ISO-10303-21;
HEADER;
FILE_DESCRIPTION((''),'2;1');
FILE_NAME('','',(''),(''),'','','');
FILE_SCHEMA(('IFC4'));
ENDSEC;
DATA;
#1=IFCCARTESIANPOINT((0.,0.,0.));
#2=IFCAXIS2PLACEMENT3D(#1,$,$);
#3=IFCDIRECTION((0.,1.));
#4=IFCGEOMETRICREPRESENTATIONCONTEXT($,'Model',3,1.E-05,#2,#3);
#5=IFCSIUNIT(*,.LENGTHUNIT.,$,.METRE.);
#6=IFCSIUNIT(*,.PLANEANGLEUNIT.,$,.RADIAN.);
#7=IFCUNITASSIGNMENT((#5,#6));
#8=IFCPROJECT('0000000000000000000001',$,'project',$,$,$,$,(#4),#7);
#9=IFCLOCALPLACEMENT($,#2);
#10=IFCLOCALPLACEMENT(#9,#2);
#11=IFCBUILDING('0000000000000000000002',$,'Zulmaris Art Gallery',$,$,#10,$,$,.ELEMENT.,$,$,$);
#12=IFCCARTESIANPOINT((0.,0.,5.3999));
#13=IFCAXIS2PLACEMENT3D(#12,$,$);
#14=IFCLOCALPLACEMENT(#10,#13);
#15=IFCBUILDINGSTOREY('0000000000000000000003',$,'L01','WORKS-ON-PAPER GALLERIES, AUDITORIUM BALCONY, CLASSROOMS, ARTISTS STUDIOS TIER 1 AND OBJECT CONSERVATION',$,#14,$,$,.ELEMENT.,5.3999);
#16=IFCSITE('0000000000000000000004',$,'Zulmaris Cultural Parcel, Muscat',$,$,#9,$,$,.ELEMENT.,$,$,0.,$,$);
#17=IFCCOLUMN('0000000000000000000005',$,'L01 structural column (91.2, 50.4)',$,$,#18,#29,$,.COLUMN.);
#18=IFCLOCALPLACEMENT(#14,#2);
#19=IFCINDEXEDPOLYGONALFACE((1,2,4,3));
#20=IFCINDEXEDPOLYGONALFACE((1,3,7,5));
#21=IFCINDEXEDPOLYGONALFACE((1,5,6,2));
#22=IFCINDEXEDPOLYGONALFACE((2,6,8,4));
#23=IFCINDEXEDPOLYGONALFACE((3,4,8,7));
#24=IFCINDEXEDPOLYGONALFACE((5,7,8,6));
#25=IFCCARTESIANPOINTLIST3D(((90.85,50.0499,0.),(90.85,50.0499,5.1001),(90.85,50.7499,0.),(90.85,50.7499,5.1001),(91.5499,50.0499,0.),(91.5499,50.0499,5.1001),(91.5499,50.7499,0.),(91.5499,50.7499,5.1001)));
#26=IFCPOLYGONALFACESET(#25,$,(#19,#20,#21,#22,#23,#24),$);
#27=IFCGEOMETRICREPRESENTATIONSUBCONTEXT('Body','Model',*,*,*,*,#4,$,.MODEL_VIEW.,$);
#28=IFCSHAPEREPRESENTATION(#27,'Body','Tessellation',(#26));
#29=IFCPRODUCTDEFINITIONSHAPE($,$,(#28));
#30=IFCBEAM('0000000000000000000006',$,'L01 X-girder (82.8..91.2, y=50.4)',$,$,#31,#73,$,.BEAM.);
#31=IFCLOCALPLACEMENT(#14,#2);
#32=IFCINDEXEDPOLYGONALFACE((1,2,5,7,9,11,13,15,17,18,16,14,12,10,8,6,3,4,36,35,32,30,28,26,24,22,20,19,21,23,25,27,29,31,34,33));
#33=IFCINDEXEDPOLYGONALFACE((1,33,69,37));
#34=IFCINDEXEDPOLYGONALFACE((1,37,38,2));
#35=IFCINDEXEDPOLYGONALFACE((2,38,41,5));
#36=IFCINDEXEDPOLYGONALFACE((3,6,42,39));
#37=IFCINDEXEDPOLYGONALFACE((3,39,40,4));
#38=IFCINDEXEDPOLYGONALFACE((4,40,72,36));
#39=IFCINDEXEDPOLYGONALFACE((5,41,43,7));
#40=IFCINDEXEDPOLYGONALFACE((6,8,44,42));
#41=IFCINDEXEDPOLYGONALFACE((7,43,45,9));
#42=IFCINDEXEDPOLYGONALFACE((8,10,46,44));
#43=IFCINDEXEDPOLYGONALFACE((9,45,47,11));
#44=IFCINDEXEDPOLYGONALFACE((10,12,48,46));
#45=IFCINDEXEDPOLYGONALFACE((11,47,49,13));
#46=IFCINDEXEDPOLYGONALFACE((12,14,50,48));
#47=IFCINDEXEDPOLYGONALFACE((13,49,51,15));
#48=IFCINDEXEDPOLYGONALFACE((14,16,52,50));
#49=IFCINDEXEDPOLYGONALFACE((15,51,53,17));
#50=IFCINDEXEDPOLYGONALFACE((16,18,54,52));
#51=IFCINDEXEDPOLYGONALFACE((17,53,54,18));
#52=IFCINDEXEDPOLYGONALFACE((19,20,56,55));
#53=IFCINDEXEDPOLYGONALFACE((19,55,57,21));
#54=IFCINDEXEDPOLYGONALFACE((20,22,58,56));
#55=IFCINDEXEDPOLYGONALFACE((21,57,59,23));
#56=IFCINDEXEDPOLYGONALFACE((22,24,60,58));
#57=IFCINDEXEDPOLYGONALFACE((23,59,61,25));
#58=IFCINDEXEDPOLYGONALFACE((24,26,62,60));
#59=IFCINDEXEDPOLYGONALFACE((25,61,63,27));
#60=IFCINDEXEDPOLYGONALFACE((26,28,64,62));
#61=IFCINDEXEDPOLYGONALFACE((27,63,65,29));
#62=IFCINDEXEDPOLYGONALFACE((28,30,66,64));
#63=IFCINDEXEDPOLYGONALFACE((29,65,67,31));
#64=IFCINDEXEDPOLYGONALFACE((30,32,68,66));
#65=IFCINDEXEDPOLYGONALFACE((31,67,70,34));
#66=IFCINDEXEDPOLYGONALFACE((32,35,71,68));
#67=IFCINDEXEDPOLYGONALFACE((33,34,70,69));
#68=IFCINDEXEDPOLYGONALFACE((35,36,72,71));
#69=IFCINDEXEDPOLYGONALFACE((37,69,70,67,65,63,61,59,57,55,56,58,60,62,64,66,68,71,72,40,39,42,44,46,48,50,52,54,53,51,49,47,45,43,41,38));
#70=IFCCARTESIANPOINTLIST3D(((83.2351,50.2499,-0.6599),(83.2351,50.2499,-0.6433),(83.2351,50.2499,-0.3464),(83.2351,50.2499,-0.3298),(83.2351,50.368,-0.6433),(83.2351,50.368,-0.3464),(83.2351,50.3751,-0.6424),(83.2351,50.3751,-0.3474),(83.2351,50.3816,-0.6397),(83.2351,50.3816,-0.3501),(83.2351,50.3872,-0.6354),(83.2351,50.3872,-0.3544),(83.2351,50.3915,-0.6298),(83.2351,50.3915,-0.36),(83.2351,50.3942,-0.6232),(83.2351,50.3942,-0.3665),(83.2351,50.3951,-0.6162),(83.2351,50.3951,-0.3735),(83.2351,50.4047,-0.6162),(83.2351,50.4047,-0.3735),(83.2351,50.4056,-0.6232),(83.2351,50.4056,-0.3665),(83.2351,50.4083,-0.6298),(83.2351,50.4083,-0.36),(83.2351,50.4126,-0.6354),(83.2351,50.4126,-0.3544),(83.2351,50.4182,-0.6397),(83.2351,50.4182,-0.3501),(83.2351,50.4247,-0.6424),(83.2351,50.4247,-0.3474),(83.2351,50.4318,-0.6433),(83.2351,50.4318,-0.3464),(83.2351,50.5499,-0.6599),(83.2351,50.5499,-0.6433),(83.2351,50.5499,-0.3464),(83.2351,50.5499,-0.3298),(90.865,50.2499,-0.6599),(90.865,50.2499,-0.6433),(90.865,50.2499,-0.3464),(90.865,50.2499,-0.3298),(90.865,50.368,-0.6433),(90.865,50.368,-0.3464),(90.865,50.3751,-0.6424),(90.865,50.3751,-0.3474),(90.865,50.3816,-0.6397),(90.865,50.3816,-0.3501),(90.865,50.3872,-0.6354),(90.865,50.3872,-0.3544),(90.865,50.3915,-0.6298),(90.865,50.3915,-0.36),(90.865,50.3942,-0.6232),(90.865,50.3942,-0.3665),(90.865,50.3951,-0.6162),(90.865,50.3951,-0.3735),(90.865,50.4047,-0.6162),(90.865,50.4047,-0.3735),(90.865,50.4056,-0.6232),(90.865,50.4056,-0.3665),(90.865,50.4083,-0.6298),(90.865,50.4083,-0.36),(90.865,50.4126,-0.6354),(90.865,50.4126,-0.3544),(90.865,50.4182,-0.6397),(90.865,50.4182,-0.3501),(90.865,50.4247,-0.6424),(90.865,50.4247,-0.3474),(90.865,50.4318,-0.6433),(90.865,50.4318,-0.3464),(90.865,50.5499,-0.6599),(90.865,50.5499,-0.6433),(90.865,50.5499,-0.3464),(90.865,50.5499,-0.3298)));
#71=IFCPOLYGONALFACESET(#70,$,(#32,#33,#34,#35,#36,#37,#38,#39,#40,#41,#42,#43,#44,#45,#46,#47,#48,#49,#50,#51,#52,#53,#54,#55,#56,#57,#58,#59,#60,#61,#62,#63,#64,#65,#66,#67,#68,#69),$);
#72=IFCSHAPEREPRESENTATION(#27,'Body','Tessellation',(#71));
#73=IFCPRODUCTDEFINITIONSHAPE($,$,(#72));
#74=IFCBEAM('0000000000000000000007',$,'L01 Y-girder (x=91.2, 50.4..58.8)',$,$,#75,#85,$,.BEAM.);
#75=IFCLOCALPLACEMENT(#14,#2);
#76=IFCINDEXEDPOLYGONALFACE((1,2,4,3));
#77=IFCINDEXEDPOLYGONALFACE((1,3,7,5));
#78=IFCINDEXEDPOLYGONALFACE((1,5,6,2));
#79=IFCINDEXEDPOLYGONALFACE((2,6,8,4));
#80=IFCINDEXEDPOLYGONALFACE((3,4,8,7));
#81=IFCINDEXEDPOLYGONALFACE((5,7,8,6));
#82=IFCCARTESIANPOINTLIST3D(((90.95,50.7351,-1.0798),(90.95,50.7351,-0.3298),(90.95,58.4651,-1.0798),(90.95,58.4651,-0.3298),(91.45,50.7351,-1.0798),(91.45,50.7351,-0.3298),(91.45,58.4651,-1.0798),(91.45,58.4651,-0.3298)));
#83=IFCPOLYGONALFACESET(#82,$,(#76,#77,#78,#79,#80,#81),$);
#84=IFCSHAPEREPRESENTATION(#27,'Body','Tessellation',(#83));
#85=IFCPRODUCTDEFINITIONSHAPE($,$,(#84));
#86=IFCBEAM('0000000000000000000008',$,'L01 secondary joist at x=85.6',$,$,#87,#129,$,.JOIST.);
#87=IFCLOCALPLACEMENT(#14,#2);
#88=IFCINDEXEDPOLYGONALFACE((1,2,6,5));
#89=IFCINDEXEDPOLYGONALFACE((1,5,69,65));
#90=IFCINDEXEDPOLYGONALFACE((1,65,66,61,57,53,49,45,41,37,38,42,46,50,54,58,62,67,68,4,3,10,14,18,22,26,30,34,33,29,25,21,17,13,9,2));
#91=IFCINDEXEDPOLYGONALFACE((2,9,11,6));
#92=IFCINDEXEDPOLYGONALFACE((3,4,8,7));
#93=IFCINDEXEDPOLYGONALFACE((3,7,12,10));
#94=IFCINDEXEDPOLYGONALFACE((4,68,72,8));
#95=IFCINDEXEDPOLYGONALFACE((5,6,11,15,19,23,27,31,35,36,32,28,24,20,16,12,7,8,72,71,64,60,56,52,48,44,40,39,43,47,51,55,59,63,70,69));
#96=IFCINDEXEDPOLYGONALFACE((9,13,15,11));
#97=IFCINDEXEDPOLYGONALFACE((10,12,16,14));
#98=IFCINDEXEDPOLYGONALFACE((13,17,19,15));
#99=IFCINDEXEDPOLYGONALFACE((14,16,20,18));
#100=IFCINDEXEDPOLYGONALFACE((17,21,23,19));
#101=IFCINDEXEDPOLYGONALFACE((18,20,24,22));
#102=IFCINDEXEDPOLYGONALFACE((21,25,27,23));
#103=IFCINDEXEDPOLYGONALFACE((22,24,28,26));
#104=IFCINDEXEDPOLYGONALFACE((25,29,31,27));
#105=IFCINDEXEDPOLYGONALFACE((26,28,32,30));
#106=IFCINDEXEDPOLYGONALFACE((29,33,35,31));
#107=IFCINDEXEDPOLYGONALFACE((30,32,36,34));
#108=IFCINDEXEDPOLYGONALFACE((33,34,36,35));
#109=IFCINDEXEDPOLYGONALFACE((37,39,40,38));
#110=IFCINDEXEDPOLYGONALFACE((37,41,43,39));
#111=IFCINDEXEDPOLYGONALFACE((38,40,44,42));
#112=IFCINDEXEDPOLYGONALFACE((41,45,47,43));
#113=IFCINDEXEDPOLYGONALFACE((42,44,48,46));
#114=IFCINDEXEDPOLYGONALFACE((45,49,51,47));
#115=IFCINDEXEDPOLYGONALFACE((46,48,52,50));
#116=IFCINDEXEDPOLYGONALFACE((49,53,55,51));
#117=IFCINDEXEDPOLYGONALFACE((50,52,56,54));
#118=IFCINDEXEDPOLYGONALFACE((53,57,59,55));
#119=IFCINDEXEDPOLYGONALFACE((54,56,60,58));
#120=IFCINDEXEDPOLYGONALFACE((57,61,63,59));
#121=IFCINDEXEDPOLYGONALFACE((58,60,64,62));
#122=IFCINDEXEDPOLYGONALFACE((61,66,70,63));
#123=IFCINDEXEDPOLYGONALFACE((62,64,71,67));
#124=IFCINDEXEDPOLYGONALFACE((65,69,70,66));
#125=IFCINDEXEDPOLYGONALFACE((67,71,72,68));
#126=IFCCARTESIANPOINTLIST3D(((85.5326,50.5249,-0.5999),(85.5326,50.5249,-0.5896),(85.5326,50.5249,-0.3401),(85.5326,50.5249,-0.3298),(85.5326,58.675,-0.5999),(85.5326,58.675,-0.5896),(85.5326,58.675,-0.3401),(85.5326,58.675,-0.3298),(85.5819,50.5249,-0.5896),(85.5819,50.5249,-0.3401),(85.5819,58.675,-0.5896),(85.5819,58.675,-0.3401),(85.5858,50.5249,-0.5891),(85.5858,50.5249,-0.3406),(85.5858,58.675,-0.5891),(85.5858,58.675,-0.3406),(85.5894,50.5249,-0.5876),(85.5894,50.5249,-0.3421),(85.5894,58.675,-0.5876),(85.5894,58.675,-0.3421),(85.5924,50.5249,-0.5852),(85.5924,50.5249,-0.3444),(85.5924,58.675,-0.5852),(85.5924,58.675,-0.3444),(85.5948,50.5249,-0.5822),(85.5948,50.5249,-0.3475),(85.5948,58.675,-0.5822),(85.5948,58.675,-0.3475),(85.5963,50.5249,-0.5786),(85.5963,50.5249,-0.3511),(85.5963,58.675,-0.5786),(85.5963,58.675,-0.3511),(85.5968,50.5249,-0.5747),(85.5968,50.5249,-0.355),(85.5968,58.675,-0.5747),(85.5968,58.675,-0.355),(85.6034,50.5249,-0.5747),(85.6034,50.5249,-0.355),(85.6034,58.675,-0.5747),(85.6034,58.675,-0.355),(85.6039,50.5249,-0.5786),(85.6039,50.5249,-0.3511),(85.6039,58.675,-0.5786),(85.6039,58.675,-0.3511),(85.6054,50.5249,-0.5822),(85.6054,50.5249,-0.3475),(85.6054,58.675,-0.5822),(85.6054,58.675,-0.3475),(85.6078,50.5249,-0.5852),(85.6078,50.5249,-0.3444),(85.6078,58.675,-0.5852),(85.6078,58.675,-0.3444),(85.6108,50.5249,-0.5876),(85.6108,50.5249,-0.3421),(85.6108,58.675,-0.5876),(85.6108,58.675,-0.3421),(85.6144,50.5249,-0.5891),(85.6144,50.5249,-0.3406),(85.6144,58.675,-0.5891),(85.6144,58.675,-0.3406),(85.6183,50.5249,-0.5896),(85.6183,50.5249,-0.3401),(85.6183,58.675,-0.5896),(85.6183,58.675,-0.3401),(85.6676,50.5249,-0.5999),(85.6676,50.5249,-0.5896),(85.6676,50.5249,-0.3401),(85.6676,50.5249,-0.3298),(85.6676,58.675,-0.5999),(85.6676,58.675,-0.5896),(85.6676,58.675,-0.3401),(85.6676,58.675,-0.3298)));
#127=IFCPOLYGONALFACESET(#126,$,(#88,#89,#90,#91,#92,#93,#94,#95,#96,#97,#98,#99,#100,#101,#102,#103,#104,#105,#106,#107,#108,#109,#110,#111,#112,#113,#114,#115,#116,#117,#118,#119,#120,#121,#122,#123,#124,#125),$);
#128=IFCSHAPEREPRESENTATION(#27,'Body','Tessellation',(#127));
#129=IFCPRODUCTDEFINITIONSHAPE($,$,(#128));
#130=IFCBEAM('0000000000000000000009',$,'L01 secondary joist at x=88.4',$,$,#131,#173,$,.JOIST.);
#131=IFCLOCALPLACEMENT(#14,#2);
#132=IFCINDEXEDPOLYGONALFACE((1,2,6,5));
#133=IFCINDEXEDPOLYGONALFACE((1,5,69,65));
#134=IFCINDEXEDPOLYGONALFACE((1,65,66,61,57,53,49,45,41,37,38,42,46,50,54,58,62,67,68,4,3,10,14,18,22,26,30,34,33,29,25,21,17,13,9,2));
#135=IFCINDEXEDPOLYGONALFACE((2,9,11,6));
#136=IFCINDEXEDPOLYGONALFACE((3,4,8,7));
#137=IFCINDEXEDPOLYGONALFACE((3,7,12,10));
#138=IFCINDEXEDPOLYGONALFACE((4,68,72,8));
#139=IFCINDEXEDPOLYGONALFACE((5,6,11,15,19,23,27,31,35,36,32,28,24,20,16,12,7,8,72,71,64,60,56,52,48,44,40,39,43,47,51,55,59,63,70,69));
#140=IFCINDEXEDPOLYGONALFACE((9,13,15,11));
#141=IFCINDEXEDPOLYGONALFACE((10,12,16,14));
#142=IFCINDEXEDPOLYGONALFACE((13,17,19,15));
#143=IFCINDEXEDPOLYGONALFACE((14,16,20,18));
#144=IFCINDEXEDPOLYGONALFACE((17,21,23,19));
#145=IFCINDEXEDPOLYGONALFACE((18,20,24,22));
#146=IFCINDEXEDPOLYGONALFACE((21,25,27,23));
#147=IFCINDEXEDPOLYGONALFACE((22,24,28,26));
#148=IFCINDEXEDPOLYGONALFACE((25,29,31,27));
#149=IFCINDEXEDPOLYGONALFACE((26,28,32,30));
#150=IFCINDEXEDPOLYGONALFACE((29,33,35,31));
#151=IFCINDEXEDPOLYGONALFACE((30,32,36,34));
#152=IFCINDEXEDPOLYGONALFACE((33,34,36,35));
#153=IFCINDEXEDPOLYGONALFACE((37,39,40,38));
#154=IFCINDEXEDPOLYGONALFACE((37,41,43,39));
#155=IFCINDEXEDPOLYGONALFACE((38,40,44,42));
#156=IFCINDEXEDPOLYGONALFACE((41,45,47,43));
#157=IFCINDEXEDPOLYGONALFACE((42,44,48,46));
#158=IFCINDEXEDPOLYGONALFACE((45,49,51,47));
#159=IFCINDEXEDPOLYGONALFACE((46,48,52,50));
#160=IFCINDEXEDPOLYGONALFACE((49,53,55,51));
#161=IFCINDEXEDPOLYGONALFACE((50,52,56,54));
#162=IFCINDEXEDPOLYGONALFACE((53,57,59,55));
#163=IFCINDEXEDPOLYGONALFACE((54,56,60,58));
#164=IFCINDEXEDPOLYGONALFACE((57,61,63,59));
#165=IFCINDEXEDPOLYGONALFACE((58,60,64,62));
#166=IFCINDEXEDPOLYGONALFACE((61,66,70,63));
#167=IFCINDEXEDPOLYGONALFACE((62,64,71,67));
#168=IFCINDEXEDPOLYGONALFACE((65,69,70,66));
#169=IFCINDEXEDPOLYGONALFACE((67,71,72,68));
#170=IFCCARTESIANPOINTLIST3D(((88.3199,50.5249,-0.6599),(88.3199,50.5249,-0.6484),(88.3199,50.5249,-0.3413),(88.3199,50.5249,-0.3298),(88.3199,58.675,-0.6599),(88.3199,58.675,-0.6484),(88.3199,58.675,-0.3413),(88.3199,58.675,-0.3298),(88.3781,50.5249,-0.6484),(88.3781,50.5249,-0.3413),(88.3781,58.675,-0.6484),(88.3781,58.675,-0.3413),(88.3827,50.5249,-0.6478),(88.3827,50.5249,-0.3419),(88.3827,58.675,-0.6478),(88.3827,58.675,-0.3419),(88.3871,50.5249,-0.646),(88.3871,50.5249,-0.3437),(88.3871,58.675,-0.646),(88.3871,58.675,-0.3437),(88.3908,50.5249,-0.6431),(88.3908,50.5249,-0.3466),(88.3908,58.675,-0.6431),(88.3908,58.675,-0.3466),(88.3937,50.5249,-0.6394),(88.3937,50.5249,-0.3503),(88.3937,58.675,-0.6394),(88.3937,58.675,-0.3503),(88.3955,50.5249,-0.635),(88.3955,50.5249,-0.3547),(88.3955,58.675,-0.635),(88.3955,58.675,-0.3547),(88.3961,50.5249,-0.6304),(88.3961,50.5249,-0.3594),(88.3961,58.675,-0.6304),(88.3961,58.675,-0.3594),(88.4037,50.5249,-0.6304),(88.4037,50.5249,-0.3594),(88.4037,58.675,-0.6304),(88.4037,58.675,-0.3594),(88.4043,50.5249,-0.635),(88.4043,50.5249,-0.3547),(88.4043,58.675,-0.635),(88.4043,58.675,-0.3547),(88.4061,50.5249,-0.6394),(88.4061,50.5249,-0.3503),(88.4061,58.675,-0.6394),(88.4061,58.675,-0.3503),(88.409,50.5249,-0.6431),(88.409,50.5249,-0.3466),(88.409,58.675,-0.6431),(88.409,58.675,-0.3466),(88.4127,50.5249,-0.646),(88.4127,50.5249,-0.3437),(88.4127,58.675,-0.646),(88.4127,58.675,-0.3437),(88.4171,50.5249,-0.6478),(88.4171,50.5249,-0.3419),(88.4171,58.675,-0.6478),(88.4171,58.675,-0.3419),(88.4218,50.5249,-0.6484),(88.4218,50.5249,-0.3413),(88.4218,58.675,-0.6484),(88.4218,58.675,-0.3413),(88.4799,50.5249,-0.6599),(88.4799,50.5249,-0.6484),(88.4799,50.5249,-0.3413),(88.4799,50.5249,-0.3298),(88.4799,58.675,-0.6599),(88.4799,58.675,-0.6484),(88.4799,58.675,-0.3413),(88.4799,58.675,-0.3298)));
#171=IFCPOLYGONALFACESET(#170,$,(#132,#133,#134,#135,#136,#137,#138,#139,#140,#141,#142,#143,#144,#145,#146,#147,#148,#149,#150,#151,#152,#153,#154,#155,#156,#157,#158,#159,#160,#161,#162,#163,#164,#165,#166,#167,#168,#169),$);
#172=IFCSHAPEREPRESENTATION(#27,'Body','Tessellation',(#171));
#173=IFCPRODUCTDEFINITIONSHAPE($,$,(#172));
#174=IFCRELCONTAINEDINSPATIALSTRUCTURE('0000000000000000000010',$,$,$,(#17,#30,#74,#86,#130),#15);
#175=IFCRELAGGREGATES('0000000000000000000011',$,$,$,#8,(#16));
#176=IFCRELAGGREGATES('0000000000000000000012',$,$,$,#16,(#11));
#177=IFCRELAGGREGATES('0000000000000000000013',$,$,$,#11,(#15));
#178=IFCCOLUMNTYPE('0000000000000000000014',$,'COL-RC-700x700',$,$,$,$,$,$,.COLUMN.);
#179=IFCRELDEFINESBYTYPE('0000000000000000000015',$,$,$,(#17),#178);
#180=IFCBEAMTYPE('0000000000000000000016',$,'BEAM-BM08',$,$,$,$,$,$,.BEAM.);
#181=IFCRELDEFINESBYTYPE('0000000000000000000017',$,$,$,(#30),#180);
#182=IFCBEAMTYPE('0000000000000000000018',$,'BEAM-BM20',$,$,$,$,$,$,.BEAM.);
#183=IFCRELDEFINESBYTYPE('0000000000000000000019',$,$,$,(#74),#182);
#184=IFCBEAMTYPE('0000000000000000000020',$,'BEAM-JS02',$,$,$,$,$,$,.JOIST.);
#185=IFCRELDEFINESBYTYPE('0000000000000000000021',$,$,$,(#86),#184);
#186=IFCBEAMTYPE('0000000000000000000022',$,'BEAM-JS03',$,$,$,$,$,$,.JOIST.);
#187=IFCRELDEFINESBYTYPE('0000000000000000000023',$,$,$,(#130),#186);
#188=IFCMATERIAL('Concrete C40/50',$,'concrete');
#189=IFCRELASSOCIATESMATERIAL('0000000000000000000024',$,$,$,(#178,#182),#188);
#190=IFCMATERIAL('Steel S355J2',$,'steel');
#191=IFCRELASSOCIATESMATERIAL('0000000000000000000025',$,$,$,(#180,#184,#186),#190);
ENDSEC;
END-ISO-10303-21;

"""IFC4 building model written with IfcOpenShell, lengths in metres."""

from ifc_helpers import new_model, si_unit, direction, frame, origin, origin_2d, place, context, subcontext, project, spatial, rectangle, i_section, extrude, material, material_profile, profile_set, type_object, element, save


model = new_model("IFC4")

# Units and contexts
model_context = context("Model", 3, precision=1e-05, world=origin(), true_north=direction((0.0, 1.0)))
body_context = subcontext(model_context, "Body", "Model", "MODEL_VIEW")
ifc_project = project(units=[si_unit("LENGTHUNIT", "METRE"), si_unit("PLANEANGLEUNIT", "RADIAN")], contexts=[model_context])

# Site, building, storey
site_placement = place(None, origin())
site = spatial("IfcSite", under=ifc_project, at=site_placement, Name="Zulmaris Cultural Parcel, Muscat", CompositionType="ELEMENT", RefElevation=0.0)
building_placement = place(site_placement, origin())
building = spatial("IfcBuilding", under=site, at=building_placement, Name="Zulmaris Art Gallery", CompositionType="ELEMENT")
storey_placement = place(building_placement, frame((0.0, 0.0, 5.3999)))
storey = spatial("IfcBuildingStorey", under=building, at=storey_placement, Name="L01", Description="WORKS-ON-PAPER GALLERIES, AUDITORIUM BALCONY, CLASSROOMS, ARTISTS STUDIOS TIER 1 AND OBJECT CONSERVATION", CompositionType="ELEMENT", Elevation=5.3999)

# Column
ifc_material_1 = material(Name="Concrete C40/50", Category="concrete")
ifc_material_profile_1 = material_profile(ifc_material_1, rectangle(XDim=0.7, YDim=0.7, at=origin_2d()), Name="RC 700x700")
ifc_profile_set_1 = profile_set([ifc_material_profile_1], Name="Concrete C40/50")
column_type = type_object("IfcColumnType", Name="COL-RC-700x700", PredefinedType="COLUMN", material=ifc_profile_set_1)
column_placement = place(storey_placement, frame((91.2, 50.3999, 0.0), z_axis=(0.0, 0.0, 1.0), x_axis=(1.0, 0.0, 0.0)))
element("IfcColumn", 1, at=column_placement, inside=storey, type_object=column_type, Name="L01 structural column (91.2, 50.4)", PredefinedType="COLUMN", context=body_context, shape_type="SweptSolid", body=[
    extrude(rectangle(XDim=0.7, YDim=0.7, at=origin_2d()), origin(), (0.0, 0.0, 1.0), 5.1001),
])

# Beams
ifc_material_2 = material(Name="Steel S355J2", Category="steel")
ifc_material_profile_2 = material_profile(ifc_material_2, i_section(OverallWidth=0.3, OverallDepth=0.3301, WebThickness=0.0095, FlangeThickness=0.0166, FilletRadius=0.0271, at=origin_2d()), Name="HEA 340")
ifc_profile_set_2 = profile_set([ifc_material_profile_2], Name="Steel S355J2")
beam_type_1 = type_object("IfcBeamType", Name="BEAM-BM08", PredefinedType="BEAM", material=ifc_profile_set_2)
beam_1_placement = place(storey_placement, frame((83.2351, 50.3999, -0.4949), z_axis=(1.0, 0.0, 0.0), x_axis=(0.0, 1.0, 0.0)))
element("IfcBeam", 2, at=beam_1_placement, inside=storey, type_object=beam_type_1, Name="L01 X-girder (82.8..91.2, y=50.4)", PredefinedType="BEAM", context=body_context, shape_type="SweptSolid", body=[
    extrude(i_section(OverallWidth=0.3, OverallDepth=0.3301, WebThickness=0.0095, FlangeThickness=0.0166, FilletRadius=0.0271, at=origin_2d()), origin(), (0.0, 0.0, 1.0), 7.6299),
])
ifc_material_profile_3 = material_profile(ifc_material_1, rectangle(XDim=0.5, YDim=0.75, at=origin_2d()), Name="RC 500x750")
ifc_profile_set_3 = profile_set([ifc_material_profile_3], Name="Concrete C40/50")
beam_type_2 = type_object("IfcBeamType", Name="BEAM-BM20", PredefinedType="BEAM", material=ifc_profile_set_3)
beam_2_placement = place(storey_placement, frame((91.2, 50.7351, -0.7048), z_axis=(0.0, 1.0, 0.0), x_axis=(-1.0, 0.0, 0.0)))
element("IfcBeam", 3, at=beam_2_placement, inside=storey, type_object=beam_type_2, Name="L01 Y-girder (x=91.2, 50.4..58.8)", PredefinedType="BEAM", context=body_context, shape_type="SweptSolid", body=[
    extrude(rectangle(XDim=0.5, YDim=0.75, at=origin_2d()), origin(), (0.0, 0.0, 1.0), 7.73),
])
ifc_material_profile_4 = material_profile(ifc_material_2, i_section(OverallWidth=0.135, OverallDepth=0.27, WebThickness=0.0066, FlangeThickness=0.0103, FilletRadius=0.0149, at=origin_2d()), Name="IPE 270")
ifc_profile_set_4 = profile_set([ifc_material_profile_4], Name="Steel S355J2")
beam_type_3 = type_object("IfcBeamType", Name="BEAM-JS02", PredefinedType="JOIST", material=ifc_profile_set_4)
beam_3_placement = place(storey_placement, frame((85.6001, 50.5249, -0.4648), z_axis=(0.0, 1.0, 0.0), x_axis=(-1.0, 0.0, 0.0)))
element("IfcBeam", 4, at=beam_3_placement, inside=storey, type_object=beam_type_3, Name="L01 secondary joist at x=85.6", PredefinedType="JOIST", context=body_context, shape_type="SweptSolid", body=[
    extrude(i_section(OverallWidth=0.135, OverallDepth=0.27, WebThickness=0.0066, FlangeThickness=0.0103, FilletRadius=0.0149, at=origin_2d()), origin(), (0.0, 0.0, 1.0), 8.1501),
])
ifc_material_profile_5 = material_profile(ifc_material_2, i_section(OverallWidth=0.1599, OverallDepth=0.3301, WebThickness=0.0076, FlangeThickness=0.0115, FilletRadius=0.0181, at=origin_2d()), Name="IPE 330")
ifc_profile_set_5 = profile_set([ifc_material_profile_5], Name="Steel S355J2")
beam_type_4 = type_object("IfcBeamType", Name="BEAM-JS03", PredefinedType="JOIST", material=ifc_profile_set_5)
beam_4_placement = place(storey_placement, frame((88.3999, 50.5249, -0.4949), z_axis=(0.0, 1.0, 0.0), x_axis=(-1.0, 0.0, 0.0)))
element("IfcBeam", 5, at=beam_4_placement, inside=storey, type_object=beam_type_4, Name="L01 secondary joist at x=88.4", PredefinedType="JOIST", context=body_context, shape_type="SweptSolid", body=[
    extrude(i_section(OverallWidth=0.1599, OverallDepth=0.3301, WebThickness=0.0076, FlangeThickness=0.0115, FilletRadius=0.0181, at=origin_2d()), origin(), (0.0, 0.0, 1.0), 8.1501),
])

save(model, "model.ifc")
